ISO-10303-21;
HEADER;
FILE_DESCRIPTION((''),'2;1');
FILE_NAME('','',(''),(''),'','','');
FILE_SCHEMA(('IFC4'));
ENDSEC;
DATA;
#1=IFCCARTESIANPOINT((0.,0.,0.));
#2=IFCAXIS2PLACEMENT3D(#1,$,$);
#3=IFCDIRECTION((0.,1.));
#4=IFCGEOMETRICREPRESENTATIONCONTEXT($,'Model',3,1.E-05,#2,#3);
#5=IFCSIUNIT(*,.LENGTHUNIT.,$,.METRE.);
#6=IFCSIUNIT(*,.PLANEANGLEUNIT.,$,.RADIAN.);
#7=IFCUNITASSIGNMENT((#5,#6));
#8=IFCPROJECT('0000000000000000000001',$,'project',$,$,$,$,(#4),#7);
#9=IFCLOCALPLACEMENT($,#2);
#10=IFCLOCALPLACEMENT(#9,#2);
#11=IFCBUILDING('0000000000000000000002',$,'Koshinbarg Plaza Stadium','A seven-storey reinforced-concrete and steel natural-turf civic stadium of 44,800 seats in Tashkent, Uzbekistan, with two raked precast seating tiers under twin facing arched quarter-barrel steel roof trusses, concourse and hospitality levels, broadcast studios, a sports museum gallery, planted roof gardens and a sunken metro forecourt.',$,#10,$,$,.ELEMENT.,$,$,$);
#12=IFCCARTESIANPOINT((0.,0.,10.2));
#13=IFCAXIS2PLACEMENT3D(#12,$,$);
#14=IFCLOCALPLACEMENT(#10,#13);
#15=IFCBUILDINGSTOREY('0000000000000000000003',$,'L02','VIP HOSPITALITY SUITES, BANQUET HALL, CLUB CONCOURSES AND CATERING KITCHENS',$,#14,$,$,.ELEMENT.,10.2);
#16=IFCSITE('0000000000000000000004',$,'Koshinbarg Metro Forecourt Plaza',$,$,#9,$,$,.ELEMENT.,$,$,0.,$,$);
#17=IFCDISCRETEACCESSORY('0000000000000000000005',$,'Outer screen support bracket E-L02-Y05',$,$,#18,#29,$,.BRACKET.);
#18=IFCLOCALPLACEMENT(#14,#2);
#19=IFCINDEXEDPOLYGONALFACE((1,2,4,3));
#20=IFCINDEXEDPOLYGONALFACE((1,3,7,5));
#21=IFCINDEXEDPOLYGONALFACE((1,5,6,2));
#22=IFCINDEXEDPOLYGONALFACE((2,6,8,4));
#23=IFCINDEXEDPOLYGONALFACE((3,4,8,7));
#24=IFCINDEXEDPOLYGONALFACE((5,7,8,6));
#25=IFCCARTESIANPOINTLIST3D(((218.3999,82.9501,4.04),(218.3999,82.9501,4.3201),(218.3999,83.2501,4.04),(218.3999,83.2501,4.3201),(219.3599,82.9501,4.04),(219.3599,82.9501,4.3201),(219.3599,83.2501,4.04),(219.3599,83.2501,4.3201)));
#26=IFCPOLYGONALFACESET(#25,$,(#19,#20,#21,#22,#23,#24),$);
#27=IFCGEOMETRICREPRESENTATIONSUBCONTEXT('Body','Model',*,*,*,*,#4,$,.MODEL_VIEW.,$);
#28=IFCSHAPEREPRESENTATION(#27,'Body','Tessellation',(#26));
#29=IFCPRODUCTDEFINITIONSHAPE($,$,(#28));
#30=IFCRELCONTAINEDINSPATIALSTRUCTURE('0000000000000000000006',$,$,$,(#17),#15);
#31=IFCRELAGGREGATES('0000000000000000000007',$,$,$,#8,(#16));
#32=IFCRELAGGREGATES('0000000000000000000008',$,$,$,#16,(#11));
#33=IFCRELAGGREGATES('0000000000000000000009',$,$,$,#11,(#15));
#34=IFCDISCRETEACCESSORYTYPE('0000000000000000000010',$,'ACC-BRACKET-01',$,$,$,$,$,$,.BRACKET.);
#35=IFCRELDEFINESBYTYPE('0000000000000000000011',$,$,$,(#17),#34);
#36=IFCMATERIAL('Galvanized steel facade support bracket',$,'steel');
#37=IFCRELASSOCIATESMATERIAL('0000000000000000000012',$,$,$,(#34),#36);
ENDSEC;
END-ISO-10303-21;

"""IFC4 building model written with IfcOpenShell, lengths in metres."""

from ifc_helpers import new_model, si_unit, direction, frame, origin, origin_2d, place, context, subcontext, project, spatial, rectangle, extrude, material, type_object, element, save


model = new_model("IFC4")

# Units and contexts
model_context = context("Model", 3, precision=1e-05, world=origin(), true_north=direction((0.0, 1.0)))
body_context = subcontext(model_context, "Body", "Model", "MODEL_VIEW")
ifc_project = project(units=[si_unit("LENGTHUNIT", "METRE"), si_unit("PLANEANGLEUNIT", "RADIAN")], contexts=[model_context])

# Site, building, storey
site_placement = place(None, origin())
site = spatial("IfcSite", under=ifc_project, at=site_placement, Name="Koshinbarg Metro Forecourt Plaza", CompositionType="ELEMENT", RefElevation=0.0)
building_placement = place(site_placement, origin())
building = spatial("IfcBuilding", under=site, at=building_placement, Name="Koshinbarg Plaza Stadium", Description="A seven-storey reinforced-concrete and steel natural-turf civic stadium of 44,800 seats in Tashkent, Uzbekistan, with two raked precast seating tiers under twin facing arched quarter-barrel steel roof trusses, concourse and hospitality levels, broadcast studios, a sports museum gallery, planted roof gardens and a sunken metro forecourt.", CompositionType="ELEMENT")
storey_placement = place(building_placement, frame((0.0, 0.0, 10.2)))
storey = spatial("IfcBuildingStorey", under=building, at=storey_placement, Name="L02", Description="VIP HOSPITALITY SUITES, BANQUET HALL, CLUB CONCOURSES AND CATERING KITCHENS", CompositionType="ELEMENT", Elevation=10.2)

# Discrete accessory
ifc_material_1 = material(Name="Galvanized steel facade support bracket", Category="steel")
discrete_accessory_type = type_object("IfcDiscreteAccessoryType", Name="ACC-BRACKET-01", PredefinedType="BRACKET", material=ifc_material_1)
for number, where, z_axis, x_axis, name in (
    (1, (218.8799, 83.1001, 4.04), (0.0, 0.0, 1.0), (1.0, 0.0, 0.0), "Outer screen support bracket E-L02-Y05"),
):
    element("IfcDiscreteAccessory", number, at=place(storey_placement, frame(where, z_axis=z_axis, x_axis=x_axis)), inside=storey, type_object=discrete_accessory_type, Name=name, PredefinedType="BRACKET", context=body_context, shape_type="SweptSolid", body=[
        extrude(rectangle(XDim=0.96, YDim=0.3, at=origin_2d()), origin(), (0.0, 0.0, 1.0), 0.28),
    ])

save(model, "model.ifc")
